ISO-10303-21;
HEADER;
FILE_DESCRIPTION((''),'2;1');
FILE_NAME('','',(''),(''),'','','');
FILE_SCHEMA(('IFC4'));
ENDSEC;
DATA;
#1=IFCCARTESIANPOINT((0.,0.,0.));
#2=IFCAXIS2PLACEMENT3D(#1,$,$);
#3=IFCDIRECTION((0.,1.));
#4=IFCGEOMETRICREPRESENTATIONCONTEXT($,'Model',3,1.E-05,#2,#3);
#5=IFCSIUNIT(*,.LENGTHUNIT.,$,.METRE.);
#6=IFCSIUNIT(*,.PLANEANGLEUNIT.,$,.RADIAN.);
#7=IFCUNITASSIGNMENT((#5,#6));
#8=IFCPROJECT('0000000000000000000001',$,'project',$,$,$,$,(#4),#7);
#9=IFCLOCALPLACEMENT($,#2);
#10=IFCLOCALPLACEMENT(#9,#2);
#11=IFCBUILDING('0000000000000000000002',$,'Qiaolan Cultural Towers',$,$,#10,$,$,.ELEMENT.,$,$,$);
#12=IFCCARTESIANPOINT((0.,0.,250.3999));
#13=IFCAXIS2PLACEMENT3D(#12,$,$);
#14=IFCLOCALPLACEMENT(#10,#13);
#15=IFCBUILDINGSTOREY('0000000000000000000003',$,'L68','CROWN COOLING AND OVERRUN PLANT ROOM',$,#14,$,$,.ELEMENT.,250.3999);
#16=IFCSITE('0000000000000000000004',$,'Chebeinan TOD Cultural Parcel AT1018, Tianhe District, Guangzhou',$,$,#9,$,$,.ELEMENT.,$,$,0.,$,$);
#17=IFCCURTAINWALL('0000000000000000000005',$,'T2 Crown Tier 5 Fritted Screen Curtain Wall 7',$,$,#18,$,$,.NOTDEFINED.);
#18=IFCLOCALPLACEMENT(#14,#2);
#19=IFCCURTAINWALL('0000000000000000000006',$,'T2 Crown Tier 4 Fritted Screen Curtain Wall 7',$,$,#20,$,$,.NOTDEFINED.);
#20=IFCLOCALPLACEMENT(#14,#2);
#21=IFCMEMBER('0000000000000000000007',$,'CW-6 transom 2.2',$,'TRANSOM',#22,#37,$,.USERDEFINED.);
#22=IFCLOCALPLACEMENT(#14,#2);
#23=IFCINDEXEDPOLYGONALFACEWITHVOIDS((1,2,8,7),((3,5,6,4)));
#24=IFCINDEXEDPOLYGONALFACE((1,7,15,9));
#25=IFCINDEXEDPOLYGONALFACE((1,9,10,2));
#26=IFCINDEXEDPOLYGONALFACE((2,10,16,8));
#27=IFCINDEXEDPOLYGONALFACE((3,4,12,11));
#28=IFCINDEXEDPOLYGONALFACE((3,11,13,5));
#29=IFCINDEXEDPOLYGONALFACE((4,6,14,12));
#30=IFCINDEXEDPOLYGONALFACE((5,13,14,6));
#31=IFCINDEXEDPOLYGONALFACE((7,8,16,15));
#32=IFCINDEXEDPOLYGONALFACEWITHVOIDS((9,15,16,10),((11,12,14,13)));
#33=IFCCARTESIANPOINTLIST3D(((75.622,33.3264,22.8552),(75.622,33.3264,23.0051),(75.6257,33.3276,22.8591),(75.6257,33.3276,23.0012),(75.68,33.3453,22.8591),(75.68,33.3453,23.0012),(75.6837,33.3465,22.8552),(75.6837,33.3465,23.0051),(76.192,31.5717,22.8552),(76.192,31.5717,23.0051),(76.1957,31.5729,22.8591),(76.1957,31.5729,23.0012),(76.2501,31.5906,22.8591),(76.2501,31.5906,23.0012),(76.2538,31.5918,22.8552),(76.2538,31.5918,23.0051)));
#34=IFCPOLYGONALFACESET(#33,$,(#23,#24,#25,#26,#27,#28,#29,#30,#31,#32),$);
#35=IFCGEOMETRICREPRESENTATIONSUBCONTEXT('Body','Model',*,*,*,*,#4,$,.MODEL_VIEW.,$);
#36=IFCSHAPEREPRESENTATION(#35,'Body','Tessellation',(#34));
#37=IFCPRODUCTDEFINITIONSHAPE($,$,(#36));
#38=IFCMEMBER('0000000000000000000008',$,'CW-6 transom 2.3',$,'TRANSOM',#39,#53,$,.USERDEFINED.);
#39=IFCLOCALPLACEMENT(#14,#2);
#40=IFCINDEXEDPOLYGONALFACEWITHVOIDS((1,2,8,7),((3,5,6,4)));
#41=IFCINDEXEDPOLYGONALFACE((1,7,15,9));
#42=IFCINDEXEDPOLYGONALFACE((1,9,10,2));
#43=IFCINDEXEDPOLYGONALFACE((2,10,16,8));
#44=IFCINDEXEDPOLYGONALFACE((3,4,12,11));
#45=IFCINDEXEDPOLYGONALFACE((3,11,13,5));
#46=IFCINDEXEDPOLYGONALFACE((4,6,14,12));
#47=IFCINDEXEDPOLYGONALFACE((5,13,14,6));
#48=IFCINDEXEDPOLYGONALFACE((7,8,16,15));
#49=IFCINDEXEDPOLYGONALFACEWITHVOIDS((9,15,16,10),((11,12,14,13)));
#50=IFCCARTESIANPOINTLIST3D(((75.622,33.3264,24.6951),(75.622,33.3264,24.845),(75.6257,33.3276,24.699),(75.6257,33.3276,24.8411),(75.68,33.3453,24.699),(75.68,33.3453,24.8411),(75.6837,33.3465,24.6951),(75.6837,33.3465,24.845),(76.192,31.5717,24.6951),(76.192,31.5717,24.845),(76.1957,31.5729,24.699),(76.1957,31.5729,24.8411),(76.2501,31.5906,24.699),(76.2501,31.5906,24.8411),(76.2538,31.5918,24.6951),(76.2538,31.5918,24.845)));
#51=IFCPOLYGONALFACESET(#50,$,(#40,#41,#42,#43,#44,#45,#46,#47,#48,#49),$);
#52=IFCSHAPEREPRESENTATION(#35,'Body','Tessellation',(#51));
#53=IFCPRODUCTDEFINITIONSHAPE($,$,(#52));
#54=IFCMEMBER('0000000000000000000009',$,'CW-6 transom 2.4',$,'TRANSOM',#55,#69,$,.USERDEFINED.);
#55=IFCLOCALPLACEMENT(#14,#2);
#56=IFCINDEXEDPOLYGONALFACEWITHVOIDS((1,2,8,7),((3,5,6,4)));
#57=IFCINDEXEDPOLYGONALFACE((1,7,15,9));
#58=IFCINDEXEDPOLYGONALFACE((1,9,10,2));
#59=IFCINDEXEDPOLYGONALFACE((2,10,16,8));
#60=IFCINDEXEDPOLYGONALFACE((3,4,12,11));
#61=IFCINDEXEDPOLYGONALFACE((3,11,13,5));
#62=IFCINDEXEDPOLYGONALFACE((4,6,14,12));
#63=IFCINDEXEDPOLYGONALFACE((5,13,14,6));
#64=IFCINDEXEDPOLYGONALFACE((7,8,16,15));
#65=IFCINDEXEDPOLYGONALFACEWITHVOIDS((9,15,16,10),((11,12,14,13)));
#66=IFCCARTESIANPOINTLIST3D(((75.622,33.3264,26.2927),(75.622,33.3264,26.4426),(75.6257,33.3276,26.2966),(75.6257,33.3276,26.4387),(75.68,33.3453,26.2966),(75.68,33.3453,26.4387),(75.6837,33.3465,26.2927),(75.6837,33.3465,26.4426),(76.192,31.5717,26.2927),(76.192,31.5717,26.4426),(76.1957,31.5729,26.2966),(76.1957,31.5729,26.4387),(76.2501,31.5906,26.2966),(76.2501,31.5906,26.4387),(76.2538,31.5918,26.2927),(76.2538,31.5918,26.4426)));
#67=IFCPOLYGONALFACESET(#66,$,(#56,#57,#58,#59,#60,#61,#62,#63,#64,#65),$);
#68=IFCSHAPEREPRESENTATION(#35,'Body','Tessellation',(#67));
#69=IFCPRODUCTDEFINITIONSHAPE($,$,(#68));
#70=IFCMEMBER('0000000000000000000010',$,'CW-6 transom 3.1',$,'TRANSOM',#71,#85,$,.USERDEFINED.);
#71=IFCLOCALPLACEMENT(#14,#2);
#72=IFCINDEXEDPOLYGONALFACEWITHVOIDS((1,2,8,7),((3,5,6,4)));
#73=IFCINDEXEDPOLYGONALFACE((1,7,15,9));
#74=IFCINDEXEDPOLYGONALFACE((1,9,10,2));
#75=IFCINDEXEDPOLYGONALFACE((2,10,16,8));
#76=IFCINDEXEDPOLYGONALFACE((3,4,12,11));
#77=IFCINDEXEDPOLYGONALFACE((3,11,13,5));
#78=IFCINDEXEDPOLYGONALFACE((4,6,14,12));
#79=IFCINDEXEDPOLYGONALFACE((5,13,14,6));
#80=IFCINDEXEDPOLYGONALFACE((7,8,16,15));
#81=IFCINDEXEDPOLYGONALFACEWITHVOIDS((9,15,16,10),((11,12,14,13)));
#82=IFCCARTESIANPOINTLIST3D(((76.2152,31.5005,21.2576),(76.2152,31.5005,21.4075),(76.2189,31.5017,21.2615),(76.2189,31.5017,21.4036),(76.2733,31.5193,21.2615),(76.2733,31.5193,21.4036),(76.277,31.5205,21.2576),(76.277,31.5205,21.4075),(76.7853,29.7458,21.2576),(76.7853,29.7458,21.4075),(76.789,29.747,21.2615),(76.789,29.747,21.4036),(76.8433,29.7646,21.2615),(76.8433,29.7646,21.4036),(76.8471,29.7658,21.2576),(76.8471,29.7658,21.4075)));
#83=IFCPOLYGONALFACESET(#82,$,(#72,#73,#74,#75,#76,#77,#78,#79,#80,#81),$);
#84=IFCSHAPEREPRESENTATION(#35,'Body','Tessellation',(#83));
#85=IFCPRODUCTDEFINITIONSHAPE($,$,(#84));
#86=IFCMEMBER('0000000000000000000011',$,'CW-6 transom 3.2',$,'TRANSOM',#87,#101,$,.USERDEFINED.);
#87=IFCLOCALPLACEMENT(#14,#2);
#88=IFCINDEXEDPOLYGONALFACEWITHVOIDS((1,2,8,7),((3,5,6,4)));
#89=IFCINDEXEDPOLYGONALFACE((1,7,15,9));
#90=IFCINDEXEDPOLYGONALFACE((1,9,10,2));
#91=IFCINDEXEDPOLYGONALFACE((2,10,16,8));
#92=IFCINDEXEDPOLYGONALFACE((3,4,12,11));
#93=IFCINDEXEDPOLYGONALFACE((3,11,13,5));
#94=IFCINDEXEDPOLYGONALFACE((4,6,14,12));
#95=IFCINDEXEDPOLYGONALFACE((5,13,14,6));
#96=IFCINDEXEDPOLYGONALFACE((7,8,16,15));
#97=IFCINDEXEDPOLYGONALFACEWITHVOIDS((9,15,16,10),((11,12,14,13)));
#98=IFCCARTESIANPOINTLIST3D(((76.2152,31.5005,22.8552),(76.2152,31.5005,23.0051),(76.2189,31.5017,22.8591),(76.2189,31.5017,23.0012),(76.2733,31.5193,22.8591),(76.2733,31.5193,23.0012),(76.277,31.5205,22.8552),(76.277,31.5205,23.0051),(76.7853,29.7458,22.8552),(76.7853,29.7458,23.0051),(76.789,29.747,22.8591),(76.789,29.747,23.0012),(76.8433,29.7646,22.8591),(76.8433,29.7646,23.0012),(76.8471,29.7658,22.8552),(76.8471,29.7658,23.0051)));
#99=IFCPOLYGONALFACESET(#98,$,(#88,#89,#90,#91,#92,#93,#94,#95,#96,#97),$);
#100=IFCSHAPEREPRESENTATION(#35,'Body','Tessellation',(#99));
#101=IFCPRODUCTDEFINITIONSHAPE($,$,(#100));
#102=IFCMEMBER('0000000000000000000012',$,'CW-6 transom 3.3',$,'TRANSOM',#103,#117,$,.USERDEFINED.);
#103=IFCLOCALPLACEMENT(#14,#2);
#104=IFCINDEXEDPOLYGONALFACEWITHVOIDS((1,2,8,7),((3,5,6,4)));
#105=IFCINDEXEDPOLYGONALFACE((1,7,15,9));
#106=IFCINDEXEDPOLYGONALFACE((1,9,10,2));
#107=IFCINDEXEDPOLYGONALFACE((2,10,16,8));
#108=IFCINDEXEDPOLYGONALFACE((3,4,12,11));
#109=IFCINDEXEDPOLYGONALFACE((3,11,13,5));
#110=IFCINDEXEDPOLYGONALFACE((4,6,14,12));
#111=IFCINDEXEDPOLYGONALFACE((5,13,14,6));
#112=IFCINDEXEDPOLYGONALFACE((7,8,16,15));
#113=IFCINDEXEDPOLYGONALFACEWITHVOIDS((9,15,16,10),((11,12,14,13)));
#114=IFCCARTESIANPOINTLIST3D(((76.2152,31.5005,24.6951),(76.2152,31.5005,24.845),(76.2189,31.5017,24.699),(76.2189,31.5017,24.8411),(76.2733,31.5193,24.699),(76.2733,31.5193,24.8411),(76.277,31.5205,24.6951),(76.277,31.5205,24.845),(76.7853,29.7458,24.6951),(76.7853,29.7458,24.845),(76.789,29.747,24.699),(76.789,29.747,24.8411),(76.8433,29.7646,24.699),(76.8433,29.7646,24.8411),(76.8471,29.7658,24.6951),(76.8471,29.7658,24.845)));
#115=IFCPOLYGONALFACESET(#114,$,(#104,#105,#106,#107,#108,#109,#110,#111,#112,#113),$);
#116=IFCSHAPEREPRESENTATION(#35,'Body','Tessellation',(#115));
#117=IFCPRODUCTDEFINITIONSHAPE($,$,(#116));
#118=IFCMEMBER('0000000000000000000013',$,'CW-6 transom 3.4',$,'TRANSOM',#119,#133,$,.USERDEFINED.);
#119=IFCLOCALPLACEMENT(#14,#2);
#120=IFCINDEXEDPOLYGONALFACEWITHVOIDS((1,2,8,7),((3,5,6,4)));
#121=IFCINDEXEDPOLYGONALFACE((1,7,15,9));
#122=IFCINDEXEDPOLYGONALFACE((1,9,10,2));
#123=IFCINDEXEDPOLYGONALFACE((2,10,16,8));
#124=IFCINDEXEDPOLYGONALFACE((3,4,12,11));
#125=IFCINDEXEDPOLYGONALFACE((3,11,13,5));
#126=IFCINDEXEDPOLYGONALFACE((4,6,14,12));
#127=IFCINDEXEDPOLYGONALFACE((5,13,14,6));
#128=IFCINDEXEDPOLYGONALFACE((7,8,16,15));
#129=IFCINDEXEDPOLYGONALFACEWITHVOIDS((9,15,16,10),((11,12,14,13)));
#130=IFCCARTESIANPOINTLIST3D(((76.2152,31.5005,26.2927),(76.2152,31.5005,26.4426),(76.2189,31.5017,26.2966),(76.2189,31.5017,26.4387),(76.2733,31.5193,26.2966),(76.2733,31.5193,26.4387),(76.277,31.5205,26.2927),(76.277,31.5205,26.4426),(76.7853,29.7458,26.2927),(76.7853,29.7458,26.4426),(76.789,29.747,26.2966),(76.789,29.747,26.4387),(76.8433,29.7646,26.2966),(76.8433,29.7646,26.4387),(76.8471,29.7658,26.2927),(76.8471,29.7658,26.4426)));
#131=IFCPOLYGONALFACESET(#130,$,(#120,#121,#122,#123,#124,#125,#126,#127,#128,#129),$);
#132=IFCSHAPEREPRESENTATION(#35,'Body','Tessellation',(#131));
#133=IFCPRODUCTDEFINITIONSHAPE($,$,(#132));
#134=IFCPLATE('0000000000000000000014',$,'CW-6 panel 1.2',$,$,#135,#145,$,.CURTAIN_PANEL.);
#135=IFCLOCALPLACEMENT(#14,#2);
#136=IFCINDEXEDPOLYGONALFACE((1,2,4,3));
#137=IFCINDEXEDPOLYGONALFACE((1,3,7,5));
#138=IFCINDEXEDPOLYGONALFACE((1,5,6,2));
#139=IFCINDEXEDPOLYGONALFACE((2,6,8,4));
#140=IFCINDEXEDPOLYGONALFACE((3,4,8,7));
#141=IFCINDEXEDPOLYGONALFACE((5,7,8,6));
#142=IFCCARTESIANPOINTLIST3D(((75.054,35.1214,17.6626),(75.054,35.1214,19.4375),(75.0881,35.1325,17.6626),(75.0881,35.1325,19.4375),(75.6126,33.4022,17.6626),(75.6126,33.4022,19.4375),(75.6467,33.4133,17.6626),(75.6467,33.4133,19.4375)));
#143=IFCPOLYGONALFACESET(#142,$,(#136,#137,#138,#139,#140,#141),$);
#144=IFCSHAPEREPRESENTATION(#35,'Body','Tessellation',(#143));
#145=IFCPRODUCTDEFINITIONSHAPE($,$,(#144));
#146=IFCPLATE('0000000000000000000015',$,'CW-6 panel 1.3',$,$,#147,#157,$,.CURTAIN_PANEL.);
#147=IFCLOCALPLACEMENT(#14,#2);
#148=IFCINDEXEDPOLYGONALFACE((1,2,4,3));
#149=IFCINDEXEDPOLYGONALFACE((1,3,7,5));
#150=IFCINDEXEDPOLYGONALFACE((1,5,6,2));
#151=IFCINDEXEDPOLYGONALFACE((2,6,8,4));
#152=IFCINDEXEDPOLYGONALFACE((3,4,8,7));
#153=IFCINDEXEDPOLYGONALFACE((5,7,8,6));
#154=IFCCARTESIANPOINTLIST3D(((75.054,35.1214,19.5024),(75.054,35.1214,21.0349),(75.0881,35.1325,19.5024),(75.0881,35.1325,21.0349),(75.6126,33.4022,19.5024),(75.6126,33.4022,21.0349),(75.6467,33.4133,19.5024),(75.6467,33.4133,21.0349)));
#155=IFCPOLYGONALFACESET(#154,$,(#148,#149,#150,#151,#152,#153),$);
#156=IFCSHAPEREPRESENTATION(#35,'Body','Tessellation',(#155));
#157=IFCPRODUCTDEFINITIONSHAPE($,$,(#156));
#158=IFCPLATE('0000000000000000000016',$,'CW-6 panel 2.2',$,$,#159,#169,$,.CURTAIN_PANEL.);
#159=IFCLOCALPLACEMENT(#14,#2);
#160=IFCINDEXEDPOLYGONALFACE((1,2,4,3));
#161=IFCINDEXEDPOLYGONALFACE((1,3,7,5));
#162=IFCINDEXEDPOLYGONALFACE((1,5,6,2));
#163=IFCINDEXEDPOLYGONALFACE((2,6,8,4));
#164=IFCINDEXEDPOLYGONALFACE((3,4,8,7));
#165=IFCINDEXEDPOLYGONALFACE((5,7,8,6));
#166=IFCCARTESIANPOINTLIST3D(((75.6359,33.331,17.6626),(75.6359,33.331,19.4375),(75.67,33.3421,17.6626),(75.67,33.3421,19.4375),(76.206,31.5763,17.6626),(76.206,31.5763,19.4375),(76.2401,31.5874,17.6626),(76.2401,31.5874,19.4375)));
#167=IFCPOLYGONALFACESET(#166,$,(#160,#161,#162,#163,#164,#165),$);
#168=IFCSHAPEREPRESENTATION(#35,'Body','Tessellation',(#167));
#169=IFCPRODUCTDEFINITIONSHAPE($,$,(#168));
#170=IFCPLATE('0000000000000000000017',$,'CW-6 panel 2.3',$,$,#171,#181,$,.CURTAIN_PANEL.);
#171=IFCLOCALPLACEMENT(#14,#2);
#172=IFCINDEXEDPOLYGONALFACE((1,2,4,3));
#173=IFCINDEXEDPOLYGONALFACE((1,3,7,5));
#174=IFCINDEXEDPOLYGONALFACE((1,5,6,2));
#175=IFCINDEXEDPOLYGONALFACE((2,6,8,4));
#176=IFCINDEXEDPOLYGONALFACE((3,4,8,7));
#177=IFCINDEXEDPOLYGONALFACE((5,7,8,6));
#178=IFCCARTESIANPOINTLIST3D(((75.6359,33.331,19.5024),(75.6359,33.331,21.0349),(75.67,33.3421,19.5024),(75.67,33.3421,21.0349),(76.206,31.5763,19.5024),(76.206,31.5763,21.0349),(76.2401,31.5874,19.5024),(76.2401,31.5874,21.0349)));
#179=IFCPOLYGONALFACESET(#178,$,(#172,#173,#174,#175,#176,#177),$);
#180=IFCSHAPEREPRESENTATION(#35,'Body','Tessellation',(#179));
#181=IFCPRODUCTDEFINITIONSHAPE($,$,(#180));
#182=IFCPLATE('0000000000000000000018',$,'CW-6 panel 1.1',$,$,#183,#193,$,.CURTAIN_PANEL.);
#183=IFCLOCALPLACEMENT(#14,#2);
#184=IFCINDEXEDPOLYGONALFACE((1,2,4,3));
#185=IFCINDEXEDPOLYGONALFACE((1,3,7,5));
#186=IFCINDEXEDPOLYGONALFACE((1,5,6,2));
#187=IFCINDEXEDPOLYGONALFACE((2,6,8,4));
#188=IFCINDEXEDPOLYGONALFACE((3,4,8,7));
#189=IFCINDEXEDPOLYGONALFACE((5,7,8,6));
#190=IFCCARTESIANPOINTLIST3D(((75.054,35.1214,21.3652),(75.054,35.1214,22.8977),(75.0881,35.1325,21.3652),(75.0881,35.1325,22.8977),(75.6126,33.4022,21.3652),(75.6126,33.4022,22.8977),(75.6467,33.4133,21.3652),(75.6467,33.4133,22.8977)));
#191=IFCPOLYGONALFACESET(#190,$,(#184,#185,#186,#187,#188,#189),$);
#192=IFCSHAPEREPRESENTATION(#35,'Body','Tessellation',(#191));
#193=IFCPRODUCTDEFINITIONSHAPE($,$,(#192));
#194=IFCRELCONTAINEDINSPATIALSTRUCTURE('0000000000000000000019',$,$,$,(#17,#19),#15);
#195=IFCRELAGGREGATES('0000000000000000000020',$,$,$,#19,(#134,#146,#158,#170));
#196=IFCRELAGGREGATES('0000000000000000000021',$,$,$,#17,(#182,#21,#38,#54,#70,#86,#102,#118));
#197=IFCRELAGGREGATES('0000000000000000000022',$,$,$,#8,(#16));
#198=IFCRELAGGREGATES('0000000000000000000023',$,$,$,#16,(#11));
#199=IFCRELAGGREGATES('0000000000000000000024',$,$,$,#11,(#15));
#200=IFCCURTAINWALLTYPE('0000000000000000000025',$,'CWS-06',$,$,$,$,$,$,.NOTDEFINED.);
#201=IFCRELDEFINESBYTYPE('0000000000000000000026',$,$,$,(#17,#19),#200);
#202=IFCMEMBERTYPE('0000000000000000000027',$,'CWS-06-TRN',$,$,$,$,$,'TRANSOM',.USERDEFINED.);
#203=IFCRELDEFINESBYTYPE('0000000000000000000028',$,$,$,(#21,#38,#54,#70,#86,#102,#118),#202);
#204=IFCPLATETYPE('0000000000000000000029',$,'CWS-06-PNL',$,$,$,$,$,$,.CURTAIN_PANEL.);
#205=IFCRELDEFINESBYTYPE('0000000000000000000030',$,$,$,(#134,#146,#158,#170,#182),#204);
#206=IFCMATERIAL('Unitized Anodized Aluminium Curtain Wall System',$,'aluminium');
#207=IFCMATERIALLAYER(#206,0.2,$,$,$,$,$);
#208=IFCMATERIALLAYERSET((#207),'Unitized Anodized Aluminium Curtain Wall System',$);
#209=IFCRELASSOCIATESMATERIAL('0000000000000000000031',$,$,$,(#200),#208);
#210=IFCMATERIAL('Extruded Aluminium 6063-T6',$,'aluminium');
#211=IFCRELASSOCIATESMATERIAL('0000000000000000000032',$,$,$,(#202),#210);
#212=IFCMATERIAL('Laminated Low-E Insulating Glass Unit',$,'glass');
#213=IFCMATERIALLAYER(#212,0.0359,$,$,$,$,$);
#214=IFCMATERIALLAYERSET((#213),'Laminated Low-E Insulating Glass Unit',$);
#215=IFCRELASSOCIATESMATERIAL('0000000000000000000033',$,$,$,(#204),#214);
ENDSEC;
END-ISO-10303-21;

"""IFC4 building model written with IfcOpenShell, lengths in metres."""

from ifc_helpers import new_model, si_unit, direction, frame, origin, origin_2d, place, context, subcontext, project, spatial, rectangle, hollow_rectangle, extrude, material, layer, layer_set, material_profile, profile_set, type_object, element, aggregate, save


model = new_model("IFC4")

# Units and contexts
model_context = context("Model", 3, precision=1e-05, world=origin(), true_north=direction((0.0, 1.0)))
body_context = subcontext(model_context, "Body", "Model", "MODEL_VIEW")
ifc_project = project(units=[si_unit("LENGTHUNIT", "METRE"), si_unit("PLANEANGLEUNIT", "RADIAN")], contexts=[model_context])

# Site, building, storey
site_placement = place(None, origin())
site = spatial("IfcSite", under=ifc_project, at=site_placement, Name="Chebeinan TOD Cultural Parcel AT1018, Tianhe District, Guangzhou", CompositionType="ELEMENT", RefElevation=0.0)
building_placement = place(site_placement, origin())
building = spatial("IfcBuilding", under=site, at=building_placement, Name="Qiaolan Cultural Towers", CompositionType="ELEMENT")
storey_placement = place(building_placement, frame((0.0, 0.0, 250.3999)))
storey = spatial("IfcBuildingStorey", under=building, at=storey_placement, Name="L68", Description="CROWN COOLING AND OVERRUN PLANT ROOM", CompositionType="ELEMENT", Elevation=250.3999)

# Curtain walls
ifc_material_1 = material(Name="Unitized Anodized Aluminium Curtain Wall System", Category="aluminium")
ifc_layer_1 = layer(ifc_material_1, 0.2)
ifc_layer_set_1 = layer_set([ifc_layer_1], Name="Unitized Anodized Aluminium Curtain Wall System")
curtain_wall_type = type_object("IfcCurtainWallType", Name="CWS-06", PredefinedType="NOTDEFINED", material=ifc_layer_set_1)
curtain_wall_1_placement = place(storey_placement, origin())
curtain_wall_1 = element("IfcCurtainWall", 1, at=curtain_wall_1_placement, inside=storey, type_object=curtain_wall_type, Name="T2 Crown Tier 5 Fritted Screen Curtain Wall 7", PredefinedType="NOTDEFINED")
curtain_wall_2_placement = place(storey_placement, origin())
curtain_wall_2 = element("IfcCurtainWall", 2, at=curtain_wall_2_placement, inside=storey, type_object=curtain_wall_type, Name="T2 Crown Tier 4 Fritted Screen Curtain Wall 7", PredefinedType="NOTDEFINED")
ifc_material_2 = material(Name="Extruded Aluminium 6063-T6", Category="aluminium")
ifc_material_profile_1 = material_profile(ifc_material_2, hollow_rectangle(XDim=0.0649, YDim=0.1499, WallThickness=0.0039, at=origin_2d()), Name="CWT-150x65x4")
ifc_profile_set_1 = profile_set([ifc_material_profile_1], Name="Extruded Aluminium 6063-T6")
member_type_1 = type_object("IfcMemberType", Name="CWS-06-TRN", ElementType="TRANSOM", PredefinedType="USERDEFINED", material=ifc_profile_set_1)

# Members
member_1_placement = place(storey_placement, frame((75.6528, 33.3364, 22.9302), z_axis=(0.308993, -0.951064, 0.0), x_axis=(0.951064, 0.308993, 0.0)))
member_1 = element("IfcMember", 3, at=member_1_placement, type_object=member_type_1, Name="CW-6 transom 2.2", ObjectType="TRANSOM", PredefinedType="USERDEFINED", context=body_context, shape_type="SweptSolid", body=[
    extrude(hollow_rectangle(XDim=0.0649, YDim=0.1499, WallThickness=0.0039, at=origin_2d()), origin(), (0.0, 0.0, 1.0), 1.845),
])
member_2_placement = place(storey_placement, frame((75.6528, 33.3364, 24.77), z_axis=(0.308993, -0.951064, 0.0), x_axis=(0.951064, 0.308993, 0.0)))
member_2 = element("IfcMember", 4, at=member_2_placement, type_object=member_type_1, Name="CW-6 transom 2.3", ObjectType="TRANSOM", PredefinedType="USERDEFINED", context=body_context, shape_type="SweptSolid", body=[
    extrude(hollow_rectangle(XDim=0.0649, YDim=0.1499, WallThickness=0.0039, at=origin_2d()), origin(), (0.0, 0.0, 1.0), 1.845),
])
member_3_placement = place(storey_placement, frame((75.6528, 33.3364, 26.3677), z_axis=(0.308993, -0.951064, 0.0), x_axis=(0.951064, 0.308993, 0.0)))
member_3 = element("IfcMember", 5, at=member_3_placement, type_object=member_type_1, Name="CW-6 transom 2.4", ObjectType="TRANSOM", PredefinedType="USERDEFINED", context=body_context, shape_type="SweptSolid", body=[
    extrude(hollow_rectangle(XDim=0.0649, YDim=0.1499, WallThickness=0.0039, at=origin_2d()), origin(), (0.0, 0.0, 1.0), 1.845),
])
member_4_placement = place(storey_placement, frame((76.2461, 31.5105, 21.3325), z_axis=(0.308993, -0.951064, 0.0), x_axis=(0.951064, 0.308993, 0.0)))
member_4 = element("IfcMember", 6, at=member_4_placement, type_object=member_type_1, Name="CW-6 transom 3.1", ObjectType="TRANSOM", PredefinedType="USERDEFINED", context=body_context, shape_type="SweptSolid", body=[
    extrude(hollow_rectangle(XDim=0.0649, YDim=0.1499, WallThickness=0.0039, at=origin_2d()), origin(), (0.0, 0.0, 1.0), 1.845),
])
member_5_placement = place(storey_placement, frame((76.2461, 31.5105, 22.9302), z_axis=(0.308993, -0.951064, 0.0), x_axis=(0.951064, 0.308993, 0.0)))
member_5 = element("IfcMember", 7, at=member_5_placement, type_object=member_type_1, Name="CW-6 transom 3.2", ObjectType="TRANSOM", PredefinedType="USERDEFINED", context=body_context, shape_type="SweptSolid", body=[
    extrude(hollow_rectangle(XDim=0.0649, YDim=0.1499, WallThickness=0.0039, at=origin_2d()), origin(), (0.0, 0.0, 1.0), 1.845),
])
member_6_placement = place(storey_placement, frame((76.2461, 31.5105, 24.77), z_axis=(0.308993, -0.951064, 0.0), x_axis=(0.951064, 0.308993, 0.0)))
member_6 = element("IfcMember", 8, at=member_6_placement, type_object=member_type_1, Name="CW-6 transom 3.3", ObjectType="TRANSOM", PredefinedType="USERDEFINED", context=body_context, shape_type="SweptSolid", body=[
    extrude(hollow_rectangle(XDim=0.0649, YDim=0.1499, WallThickness=0.0039, at=origin_2d()), origin(), (0.0, 0.0, 1.0), 1.845),
])
member_7_placement = place(storey_placement, frame((76.2461, 31.5105, 26.3677), z_axis=(0.308993, -0.951064, 0.0), x_axis=(0.951064, 0.308993, 0.0)))
member_7 = element("IfcMember", 9, at=member_7_placement, type_object=member_type_1, Name="CW-6 transom 3.4", ObjectType="TRANSOM", PredefinedType="USERDEFINED", context=body_context, shape_type="SweptSolid", body=[
    extrude(hollow_rectangle(XDim=0.0649, YDim=0.1499, WallThickness=0.0039, at=origin_2d()), origin(), (0.0, 0.0, 1.0), 1.845),
])

# Plates
ifc_material_3 = material(Name="Laminated Low-E Insulating Glass Unit", Category="glass")
ifc_layer_2 = layer(ifc_material_3, 0.0359)
ifc_layer_set_2 = layer_set([ifc_layer_2], Name="Laminated Low-E Insulating Glass Unit")
plate_type = type_object("IfcPlateType", Name="CWS-06-PNL", PredefinedType="CURTAIN_PANEL", material=ifc_layer_set_2)
plate_1_placement = place(storey_placement, frame((75.3503, 34.2673, 17.6626), z_axis=(0.0, 0.0, 1.0), x_axis=(0.309017, -0.951057, 0.0)))
plate_1 = element("IfcPlate", 10, at=plate_1_placement, type_object=plate_type, Name="CW-6 panel 1.2", PredefinedType="CURTAIN_PANEL", context=body_context, shape_type="SweptSolid", body=[
    extrude(rectangle(XDim=1.8076, YDim=0.0359, at=origin_2d()), origin(), (0.0, 0.0, 1.0), 1.7749),
])
plate_2_placement = place(storey_placement, frame((75.3503, 34.2673, 19.5024), z_axis=(0.0, 0.0, 1.0), x_axis=(0.309017, -0.951057, 0.0)))
plate_2 = element("IfcPlate", 11, at=plate_2_placement, type_object=plate_type, Name="CW-6 panel 1.3", PredefinedType="CURTAIN_PANEL", context=body_context, shape_type="SweptSolid", body=[
    extrude(rectangle(XDim=1.8076, YDim=0.0359, at=origin_2d()), origin(), (0.0, 0.0, 1.0), 1.5325),
])
plate_3_placement = place(storey_placement, frame((75.938, 32.4592, 17.6626), z_axis=(0.0, 0.0, 1.0), x_axis=(0.309017, -0.951057, 0.0)))
plate_3 = element("IfcPlate", 12, at=plate_3_placement, type_object=plate_type, Name="CW-6 panel 2.2", PredefinedType="CURTAIN_PANEL", context=body_context, shape_type="SweptSolid", body=[
    extrude(rectangle(XDim=1.845, YDim=0.0359, at=origin_2d()), origin(), (0.0, 0.0, 1.0), 1.7749),
])
plate_4_placement = place(storey_placement, frame((75.938, 32.4592, 19.5024), z_axis=(0.0, 0.0, 1.0), x_axis=(0.309017, -0.951057, 0.0)))
plate_4 = element("IfcPlate", 13, at=plate_4_placement, type_object=plate_type, Name="CW-6 panel 2.3", PredefinedType="CURTAIN_PANEL", context=body_context, shape_type="SweptSolid", body=[
    extrude(rectangle(XDim=1.845, YDim=0.0359, at=origin_2d()), origin(), (0.0, 0.0, 1.0), 1.5325),
])
aggregate(curtain_wall_2, [plate_1, plate_2, plate_3, plate_4])
plate_5_placement = place(storey_placement, frame((75.3503, 34.2673, 21.3652), z_axis=(0.0, 0.0, 1.0), x_axis=(0.309017, -0.951057, 0.0)))
plate_5 = element("IfcPlate", 14, at=plate_5_placement, type_object=plate_type, Name="CW-6 panel 1.1", PredefinedType="CURTAIN_PANEL", context=body_context, shape_type="SweptSolid", body=[
    extrude(rectangle(XDim=1.8076, YDim=0.0359, at=origin_2d()), origin(), (0.0, 0.0, 1.0), 1.5325),
])
aggregate(curtain_wall_1, [plate_5, member_1, member_2, member_3, member_4, member_5, member_6, member_7])

save(model, "model.ifc")
